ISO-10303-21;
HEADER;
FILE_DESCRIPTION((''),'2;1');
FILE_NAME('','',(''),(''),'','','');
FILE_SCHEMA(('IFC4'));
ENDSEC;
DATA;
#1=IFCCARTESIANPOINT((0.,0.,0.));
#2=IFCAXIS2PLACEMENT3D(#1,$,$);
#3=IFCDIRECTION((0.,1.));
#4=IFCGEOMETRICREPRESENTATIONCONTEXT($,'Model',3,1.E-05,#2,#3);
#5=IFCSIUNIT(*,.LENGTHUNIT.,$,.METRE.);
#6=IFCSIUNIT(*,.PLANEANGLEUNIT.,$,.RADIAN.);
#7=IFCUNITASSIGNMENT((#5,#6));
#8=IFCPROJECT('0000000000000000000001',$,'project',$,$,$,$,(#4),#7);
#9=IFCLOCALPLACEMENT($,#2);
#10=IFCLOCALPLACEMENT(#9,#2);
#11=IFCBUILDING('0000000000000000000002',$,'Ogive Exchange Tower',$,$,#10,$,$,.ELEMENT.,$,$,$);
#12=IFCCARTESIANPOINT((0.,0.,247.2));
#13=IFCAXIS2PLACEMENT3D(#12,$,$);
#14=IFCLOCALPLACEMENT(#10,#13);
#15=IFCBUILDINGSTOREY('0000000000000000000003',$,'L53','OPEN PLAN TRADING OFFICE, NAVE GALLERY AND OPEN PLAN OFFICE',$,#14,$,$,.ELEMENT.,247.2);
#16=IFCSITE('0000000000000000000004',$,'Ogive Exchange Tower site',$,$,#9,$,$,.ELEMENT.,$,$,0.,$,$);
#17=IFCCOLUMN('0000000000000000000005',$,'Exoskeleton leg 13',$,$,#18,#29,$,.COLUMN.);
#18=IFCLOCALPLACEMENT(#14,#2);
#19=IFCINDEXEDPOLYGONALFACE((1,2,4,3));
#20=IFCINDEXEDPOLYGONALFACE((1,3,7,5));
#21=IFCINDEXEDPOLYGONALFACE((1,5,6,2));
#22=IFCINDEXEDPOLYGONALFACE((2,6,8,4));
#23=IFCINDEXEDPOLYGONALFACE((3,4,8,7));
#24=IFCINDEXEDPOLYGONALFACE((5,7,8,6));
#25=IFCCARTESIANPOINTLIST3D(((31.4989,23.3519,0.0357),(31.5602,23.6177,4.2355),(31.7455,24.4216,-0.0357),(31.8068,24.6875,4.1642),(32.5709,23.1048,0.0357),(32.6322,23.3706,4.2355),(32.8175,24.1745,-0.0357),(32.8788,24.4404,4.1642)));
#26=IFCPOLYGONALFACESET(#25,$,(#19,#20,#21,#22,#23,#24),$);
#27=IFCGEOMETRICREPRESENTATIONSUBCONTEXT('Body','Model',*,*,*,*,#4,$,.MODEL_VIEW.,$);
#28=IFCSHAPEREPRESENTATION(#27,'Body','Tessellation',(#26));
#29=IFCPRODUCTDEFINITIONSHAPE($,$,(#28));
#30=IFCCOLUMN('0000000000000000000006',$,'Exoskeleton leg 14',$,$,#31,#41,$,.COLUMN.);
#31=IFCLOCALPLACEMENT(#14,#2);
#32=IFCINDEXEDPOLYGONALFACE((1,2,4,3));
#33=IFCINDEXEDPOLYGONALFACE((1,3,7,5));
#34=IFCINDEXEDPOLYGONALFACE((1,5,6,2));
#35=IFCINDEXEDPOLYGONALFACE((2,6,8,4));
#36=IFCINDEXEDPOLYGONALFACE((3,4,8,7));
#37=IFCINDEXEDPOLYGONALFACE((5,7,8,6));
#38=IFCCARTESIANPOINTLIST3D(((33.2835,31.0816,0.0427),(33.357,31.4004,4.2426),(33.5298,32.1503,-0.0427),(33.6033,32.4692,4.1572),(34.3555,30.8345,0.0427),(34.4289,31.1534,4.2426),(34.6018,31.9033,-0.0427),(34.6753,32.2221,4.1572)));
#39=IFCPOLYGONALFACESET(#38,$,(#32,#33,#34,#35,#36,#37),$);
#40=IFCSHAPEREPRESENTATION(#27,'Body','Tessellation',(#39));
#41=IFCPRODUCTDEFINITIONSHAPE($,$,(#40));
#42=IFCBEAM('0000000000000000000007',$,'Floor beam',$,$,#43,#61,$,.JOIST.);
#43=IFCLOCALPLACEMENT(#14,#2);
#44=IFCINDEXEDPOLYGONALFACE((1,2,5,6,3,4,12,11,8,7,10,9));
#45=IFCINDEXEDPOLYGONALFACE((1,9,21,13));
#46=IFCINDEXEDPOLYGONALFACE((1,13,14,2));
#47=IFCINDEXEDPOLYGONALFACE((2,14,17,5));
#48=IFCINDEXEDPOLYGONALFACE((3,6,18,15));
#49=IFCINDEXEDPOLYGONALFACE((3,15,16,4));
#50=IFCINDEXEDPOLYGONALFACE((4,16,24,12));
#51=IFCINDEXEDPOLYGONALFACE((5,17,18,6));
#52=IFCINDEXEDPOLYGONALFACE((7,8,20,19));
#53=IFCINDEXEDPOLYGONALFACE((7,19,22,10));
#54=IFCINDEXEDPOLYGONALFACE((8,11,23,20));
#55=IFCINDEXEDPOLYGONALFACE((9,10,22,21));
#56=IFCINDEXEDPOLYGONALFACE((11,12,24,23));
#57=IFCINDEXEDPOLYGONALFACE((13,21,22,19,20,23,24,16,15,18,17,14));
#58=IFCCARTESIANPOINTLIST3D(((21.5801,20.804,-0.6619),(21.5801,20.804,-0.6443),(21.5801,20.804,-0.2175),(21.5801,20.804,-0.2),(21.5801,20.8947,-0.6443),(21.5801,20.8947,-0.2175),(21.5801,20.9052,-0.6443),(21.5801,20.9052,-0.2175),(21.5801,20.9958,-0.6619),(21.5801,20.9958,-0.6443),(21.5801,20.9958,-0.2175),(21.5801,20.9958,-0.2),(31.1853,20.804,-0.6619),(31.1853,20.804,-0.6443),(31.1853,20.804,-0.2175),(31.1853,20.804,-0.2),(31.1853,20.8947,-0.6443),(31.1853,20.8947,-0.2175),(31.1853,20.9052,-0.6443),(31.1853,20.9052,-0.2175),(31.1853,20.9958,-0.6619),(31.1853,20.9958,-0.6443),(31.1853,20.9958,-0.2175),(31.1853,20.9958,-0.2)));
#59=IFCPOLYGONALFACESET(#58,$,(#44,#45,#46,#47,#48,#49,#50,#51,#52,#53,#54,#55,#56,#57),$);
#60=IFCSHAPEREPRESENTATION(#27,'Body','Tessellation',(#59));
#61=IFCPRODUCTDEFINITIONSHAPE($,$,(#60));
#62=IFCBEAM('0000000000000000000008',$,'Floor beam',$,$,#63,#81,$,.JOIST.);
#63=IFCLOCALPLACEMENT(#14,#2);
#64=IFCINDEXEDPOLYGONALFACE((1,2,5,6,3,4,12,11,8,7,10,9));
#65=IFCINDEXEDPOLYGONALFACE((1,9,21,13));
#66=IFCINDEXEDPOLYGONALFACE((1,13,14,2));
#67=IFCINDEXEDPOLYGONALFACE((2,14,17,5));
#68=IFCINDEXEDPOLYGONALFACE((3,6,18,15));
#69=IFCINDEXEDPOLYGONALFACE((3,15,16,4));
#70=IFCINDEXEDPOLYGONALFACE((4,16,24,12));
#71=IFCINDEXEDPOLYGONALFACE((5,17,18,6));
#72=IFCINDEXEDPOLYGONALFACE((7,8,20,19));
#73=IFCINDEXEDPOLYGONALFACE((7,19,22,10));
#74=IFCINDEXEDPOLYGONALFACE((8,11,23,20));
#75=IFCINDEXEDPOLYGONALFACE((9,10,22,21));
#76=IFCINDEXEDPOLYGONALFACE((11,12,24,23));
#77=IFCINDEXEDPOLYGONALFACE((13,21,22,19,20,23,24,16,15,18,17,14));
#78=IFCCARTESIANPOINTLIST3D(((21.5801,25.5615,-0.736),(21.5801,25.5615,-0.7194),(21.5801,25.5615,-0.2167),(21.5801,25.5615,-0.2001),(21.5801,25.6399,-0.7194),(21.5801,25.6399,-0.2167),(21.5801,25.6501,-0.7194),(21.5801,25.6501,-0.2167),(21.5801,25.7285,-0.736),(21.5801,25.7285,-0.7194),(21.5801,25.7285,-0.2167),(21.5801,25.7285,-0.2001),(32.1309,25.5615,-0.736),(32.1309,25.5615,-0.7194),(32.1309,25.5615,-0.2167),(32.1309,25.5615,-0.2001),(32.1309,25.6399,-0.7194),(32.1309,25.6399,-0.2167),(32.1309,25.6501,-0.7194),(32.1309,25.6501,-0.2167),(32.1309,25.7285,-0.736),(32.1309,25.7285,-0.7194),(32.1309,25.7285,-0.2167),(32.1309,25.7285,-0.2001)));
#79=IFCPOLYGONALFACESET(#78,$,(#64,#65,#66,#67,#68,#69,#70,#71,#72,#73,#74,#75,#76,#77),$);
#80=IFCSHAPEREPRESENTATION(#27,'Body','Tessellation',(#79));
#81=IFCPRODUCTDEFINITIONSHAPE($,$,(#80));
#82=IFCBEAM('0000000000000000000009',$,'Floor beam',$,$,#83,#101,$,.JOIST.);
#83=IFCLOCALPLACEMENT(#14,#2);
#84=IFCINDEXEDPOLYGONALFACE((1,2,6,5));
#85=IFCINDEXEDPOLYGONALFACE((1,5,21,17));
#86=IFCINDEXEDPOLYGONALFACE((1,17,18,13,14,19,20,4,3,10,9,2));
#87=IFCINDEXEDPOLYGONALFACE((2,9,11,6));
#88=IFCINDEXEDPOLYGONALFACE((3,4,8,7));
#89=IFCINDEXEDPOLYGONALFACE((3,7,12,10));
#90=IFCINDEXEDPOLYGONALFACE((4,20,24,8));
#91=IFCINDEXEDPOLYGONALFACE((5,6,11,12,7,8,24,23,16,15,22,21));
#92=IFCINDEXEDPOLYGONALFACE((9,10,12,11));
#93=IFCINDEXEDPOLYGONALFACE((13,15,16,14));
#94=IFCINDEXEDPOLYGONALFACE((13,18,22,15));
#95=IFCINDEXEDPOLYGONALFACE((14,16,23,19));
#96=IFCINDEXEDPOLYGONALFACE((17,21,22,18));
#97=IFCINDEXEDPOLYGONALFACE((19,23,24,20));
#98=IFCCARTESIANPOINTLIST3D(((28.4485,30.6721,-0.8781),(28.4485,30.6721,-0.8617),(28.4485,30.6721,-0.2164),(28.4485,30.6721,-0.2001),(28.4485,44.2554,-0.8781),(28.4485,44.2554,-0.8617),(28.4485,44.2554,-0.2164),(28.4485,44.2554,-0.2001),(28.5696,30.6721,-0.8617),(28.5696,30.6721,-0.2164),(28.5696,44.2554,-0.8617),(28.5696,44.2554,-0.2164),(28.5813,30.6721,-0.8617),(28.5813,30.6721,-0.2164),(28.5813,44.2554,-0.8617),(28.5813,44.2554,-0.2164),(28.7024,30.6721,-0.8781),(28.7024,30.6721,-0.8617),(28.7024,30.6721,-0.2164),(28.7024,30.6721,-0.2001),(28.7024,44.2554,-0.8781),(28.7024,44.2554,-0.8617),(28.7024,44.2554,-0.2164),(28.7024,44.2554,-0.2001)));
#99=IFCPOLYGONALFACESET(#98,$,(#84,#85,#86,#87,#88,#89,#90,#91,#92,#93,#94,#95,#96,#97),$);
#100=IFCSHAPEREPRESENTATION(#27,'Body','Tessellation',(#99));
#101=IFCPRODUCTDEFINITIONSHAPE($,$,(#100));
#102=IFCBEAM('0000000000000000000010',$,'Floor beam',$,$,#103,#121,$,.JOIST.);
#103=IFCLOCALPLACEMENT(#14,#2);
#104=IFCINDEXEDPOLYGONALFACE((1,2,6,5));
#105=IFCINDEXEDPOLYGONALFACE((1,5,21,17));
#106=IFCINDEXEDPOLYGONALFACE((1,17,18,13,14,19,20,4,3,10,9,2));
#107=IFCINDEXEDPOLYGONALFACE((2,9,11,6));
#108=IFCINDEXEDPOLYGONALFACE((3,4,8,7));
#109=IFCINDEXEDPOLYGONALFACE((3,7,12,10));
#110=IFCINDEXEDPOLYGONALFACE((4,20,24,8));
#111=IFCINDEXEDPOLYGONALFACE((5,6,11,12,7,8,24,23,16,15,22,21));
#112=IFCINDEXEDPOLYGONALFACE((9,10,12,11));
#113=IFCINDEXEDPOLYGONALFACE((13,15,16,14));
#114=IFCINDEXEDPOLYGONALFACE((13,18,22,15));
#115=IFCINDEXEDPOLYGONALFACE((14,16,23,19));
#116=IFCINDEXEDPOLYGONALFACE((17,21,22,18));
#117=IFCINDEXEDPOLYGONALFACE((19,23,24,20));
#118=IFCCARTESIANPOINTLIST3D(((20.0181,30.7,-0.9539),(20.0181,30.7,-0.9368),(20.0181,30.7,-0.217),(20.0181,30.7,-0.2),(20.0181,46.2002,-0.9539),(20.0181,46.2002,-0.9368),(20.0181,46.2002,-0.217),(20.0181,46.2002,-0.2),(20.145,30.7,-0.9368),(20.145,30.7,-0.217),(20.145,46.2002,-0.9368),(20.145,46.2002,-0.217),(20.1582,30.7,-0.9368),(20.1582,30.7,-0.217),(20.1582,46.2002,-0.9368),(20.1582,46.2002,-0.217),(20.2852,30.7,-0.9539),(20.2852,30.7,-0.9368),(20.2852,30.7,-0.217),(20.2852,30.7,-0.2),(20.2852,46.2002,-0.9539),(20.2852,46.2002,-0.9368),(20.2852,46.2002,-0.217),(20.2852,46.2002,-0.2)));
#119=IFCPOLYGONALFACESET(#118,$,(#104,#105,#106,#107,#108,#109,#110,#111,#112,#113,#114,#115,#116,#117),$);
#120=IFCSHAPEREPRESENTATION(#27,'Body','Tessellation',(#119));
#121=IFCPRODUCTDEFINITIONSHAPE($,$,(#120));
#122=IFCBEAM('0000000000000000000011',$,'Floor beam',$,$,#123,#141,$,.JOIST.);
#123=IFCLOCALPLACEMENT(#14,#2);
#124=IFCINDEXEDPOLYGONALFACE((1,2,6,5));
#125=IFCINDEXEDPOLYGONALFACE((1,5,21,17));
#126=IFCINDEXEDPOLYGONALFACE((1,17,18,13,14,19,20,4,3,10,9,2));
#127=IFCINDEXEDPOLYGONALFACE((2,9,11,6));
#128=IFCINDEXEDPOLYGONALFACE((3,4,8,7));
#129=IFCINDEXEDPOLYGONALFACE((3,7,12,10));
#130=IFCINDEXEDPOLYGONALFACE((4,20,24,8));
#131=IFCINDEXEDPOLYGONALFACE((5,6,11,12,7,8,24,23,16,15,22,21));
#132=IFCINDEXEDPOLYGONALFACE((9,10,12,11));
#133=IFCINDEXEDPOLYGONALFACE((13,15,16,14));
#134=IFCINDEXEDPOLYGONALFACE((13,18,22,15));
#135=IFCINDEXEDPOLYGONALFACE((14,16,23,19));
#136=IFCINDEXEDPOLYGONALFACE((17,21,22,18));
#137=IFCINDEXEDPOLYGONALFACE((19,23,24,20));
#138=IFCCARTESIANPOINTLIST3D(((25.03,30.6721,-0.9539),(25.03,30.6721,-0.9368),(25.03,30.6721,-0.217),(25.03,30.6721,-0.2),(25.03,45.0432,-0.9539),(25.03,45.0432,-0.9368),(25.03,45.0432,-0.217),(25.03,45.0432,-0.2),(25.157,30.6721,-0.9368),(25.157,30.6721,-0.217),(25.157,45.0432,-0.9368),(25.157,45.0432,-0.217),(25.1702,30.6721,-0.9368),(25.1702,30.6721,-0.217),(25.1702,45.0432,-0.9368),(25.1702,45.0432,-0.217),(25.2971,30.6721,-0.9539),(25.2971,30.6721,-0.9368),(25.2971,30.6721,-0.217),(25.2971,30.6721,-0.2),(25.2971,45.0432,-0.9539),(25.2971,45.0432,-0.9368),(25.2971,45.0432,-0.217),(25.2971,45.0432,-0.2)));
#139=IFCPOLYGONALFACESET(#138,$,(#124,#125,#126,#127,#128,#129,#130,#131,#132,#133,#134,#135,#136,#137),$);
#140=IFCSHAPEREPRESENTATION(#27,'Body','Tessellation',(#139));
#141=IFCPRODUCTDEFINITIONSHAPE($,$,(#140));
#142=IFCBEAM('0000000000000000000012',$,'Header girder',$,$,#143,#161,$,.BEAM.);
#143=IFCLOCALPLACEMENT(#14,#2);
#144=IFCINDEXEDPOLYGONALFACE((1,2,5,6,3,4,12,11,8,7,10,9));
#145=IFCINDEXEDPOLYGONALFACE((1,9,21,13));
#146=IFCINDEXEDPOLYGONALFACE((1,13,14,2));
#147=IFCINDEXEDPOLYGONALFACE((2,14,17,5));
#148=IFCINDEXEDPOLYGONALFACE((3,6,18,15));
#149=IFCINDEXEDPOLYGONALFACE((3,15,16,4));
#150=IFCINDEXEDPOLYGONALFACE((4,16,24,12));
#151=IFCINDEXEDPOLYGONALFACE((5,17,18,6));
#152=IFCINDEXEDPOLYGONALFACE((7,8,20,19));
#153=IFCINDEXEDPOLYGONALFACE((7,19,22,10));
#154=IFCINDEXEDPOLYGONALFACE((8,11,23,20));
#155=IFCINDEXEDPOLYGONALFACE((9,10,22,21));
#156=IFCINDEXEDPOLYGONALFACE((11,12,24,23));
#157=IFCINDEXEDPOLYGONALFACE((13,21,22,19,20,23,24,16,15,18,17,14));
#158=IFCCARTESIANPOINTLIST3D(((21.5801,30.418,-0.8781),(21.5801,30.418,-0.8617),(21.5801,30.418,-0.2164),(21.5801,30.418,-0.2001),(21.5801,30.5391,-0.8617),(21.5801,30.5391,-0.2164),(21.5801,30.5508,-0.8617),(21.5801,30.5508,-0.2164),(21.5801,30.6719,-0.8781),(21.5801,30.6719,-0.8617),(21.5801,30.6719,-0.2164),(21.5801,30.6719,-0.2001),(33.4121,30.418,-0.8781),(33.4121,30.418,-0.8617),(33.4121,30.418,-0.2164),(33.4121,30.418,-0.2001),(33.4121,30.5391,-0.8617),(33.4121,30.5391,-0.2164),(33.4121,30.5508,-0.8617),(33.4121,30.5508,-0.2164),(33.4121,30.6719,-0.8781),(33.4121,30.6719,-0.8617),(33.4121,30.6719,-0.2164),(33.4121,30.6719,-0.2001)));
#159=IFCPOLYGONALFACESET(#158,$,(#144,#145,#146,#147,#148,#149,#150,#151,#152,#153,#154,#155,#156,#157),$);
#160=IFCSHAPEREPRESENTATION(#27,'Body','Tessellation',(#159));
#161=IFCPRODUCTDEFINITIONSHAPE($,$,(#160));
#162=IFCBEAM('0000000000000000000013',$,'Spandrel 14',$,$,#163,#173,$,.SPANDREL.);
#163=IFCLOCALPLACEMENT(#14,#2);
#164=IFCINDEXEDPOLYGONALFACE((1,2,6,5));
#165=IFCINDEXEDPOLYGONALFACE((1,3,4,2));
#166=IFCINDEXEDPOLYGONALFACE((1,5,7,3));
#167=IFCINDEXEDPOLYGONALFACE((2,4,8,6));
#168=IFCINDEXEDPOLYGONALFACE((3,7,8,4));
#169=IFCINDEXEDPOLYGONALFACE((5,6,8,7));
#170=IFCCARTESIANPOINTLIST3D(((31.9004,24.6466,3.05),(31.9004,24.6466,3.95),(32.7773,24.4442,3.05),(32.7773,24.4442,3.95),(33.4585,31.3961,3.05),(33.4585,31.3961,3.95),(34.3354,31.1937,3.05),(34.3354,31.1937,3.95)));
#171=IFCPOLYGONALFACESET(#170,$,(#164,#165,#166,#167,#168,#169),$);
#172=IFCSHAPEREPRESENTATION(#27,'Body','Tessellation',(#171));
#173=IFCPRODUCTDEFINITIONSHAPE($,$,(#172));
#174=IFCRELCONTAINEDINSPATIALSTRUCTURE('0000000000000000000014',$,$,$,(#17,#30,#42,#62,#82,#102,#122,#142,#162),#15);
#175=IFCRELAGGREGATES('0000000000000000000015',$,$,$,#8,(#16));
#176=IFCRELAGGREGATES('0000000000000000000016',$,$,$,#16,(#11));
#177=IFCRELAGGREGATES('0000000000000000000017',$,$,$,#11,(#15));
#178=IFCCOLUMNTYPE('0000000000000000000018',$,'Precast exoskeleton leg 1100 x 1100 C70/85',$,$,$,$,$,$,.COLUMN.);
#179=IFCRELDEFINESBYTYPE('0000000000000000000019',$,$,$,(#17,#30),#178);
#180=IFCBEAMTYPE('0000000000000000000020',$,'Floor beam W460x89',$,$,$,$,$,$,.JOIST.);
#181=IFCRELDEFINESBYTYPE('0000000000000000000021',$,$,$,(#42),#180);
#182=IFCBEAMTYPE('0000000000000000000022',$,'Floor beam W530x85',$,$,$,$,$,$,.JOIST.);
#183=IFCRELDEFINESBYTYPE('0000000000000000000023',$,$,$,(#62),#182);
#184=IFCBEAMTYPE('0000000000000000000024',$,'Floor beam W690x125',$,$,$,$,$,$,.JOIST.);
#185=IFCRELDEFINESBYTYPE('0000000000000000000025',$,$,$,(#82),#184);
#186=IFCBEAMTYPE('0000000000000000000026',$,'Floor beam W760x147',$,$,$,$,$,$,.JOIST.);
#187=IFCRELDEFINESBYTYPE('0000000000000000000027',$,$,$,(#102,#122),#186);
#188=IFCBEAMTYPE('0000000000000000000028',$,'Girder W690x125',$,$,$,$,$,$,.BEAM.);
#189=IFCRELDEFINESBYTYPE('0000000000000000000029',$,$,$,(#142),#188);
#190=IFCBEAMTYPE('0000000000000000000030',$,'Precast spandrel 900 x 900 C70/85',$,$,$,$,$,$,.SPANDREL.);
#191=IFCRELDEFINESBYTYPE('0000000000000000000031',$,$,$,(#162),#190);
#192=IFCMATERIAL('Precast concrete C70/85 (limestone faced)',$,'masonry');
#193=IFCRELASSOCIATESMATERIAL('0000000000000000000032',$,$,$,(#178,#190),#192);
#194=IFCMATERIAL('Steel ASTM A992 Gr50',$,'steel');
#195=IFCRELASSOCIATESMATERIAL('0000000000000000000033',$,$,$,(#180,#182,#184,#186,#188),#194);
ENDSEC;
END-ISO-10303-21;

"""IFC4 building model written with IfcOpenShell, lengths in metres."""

from ifc_helpers import new_model, si_unit, direction, frame, origin, origin_2d, place, context, subcontext, project, spatial, rectangle, i_section, extrude, material, material_profile, profile_set, type_object, element, save


model = new_model("IFC4")

# Units and contexts
model_context = context("Model", 3, precision=1e-05, world=origin(), true_north=direction((0.0, 1.0)))
body_context = subcontext(model_context, "Body", "Model", "MODEL_VIEW")
ifc_project = project(units=[si_unit("LENGTHUNIT", "METRE"), si_unit("PLANEANGLEUNIT", "RADIAN")], contexts=[model_context])

# Site, building, storey
site_placement = place(None, origin())
site = spatial("IfcSite", under=ifc_project, at=site_placement, Name="Ogive Exchange Tower site", CompositionType="ELEMENT", RefElevation=0.0)
building_placement = place(site_placement, origin())
building = spatial("IfcBuilding", under=site, at=building_placement, Name="Ogive Exchange Tower", CompositionType="ELEMENT")
storey_placement = place(building_placement, frame((0.0, 0.0, 247.2)))
storey = spatial("IfcBuildingStorey", under=building, at=storey_placement, Name="L53", Description="OPEN PLAN TRADING OFFICE, NAVE GALLERY AND OPEN PLAN OFFICE", CompositionType="ELEMENT", Elevation=247.2)

# Columns
ifc_material_1 = material(Name="Precast concrete C70/85 (limestone faced)", Category="masonry")
ifc_material_profile_1 = material_profile(ifc_material_1, rectangle(XDim=1.1001, YDim=1.1001, at=origin_2d()), Name="1100 x 1100")
ifc_profile_set_1 = profile_set([ifc_material_profile_1], Name="Precast concrete C70/85 (limestone faced)")
column_type = type_object("IfcColumnType", Name="Precast exoskeleton leg 1100 x 1100 C70/85", PredefinedType="COLUMN", material=ifc_profile_set_1)
column_1_placement = place(storey_placement, frame((32.1582, 23.7632, 0.0), z_axis=(0.01456, 0.06317, 0.997897), x_axis=(-0.974451, 0.224598, 0.0)))
element("IfcColumn", 1, at=column_1_placement, inside=storey, type_object=column_type, Name="Exoskeleton leg 13", PredefinedType="COLUMN", context=body_context, shape_type="SweptSolid", body=[
    extrude(rectangle(XDim=1.1001, YDim=1.1001, at=origin_2d()), origin(), (0.0, 0.0, 1.0), 4.2087),
])
column_2_placement = place(storey_placement, frame((33.9426, 31.4924, 0.0), z_axis=(0.017444, 0.075688, 0.996979), x_axis=(-0.974454, 0.224587, 0.0)))
element("IfcColumn", 2, at=column_2_placement, inside=storey, type_object=column_type, Name="Exoskeleton leg 14", PredefinedType="COLUMN", context=body_context, shape_type="SweptSolid", body=[
    extrude(rectangle(XDim=1.1001, YDim=1.1001, at=origin_2d()), origin(), (0.0, 0.0, 1.0), 4.2126),
])

# Beams
ifc_material_2 = material(Name="Steel ASTM A992 Gr50", Category="steel")
ifc_material_profile_2 = material_profile(ifc_material_2, i_section(OverallWidth=0.1919, OverallDepth=0.4619, WebThickness=0.0105, FlangeThickness=0.0176, at=origin_2d()), Name="W460x89")
ifc_profile_set_2 = profile_set([ifc_material_profile_2], Name="Steel ASTM A992 Gr50")
beam_type_1 = type_object("IfcBeamType", Name="Floor beam W460x89", PredefinedType="JOIST", material=ifc_profile_set_2)
beam_1_placement = place(storey_placement, frame((21.5801, 20.8999, -0.4309), z_axis=(1.0, 0.0, 0.0), x_axis=(0.0, 1.0, 0.0)))
element("IfcBeam", 3, at=beam_1_placement, inside=storey, type_object=beam_type_1, Name="Floor beam", PredefinedType="JOIST", context=body_context, shape_type="SweptSolid", body=[
    extrude(i_section(OverallWidth=0.1919, OverallDepth=0.4619, WebThickness=0.0105, FlangeThickness=0.0176, at=origin_2d()), origin(), (0.0, 0.0, 1.0), 9.6052),
])
ifc_material_profile_3 = material_profile(ifc_material_2, i_section(OverallWidth=0.167, OverallDepth=0.5359, WebThickness=0.0103, FlangeThickness=0.0166, at=origin_2d()), Name="W530x85")
ifc_profile_set_3 = profile_set([ifc_material_profile_3], Name="Steel ASTM A992 Gr50")
beam_type_2 = type_object("IfcBeamType", Name="Floor beam W530x85", PredefinedType="JOIST", material=ifc_profile_set_3)
beam_2_placement = place(storey_placement, frame((21.5801, 25.645, -0.468), z_axis=(1.0, 0.0, 0.0), x_axis=(0.0, 1.0, 0.0)))
element("IfcBeam", 4, at=beam_2_placement, inside=storey, type_object=beam_type_2, Name="Floor beam", PredefinedType="JOIST", context=body_context, shape_type="SweptSolid", body=[
    extrude(i_section(OverallWidth=0.167, OverallDepth=0.5359, WebThickness=0.0103, FlangeThickness=0.0166, at=origin_2d()), origin(), (0.0, 0.0, 1.0), 10.5508),
])
ifc_material_profile_4 = material_profile(ifc_material_2, i_section(OverallWidth=0.2539, OverallDepth=0.678, WebThickness=0.0117, FlangeThickness=0.0164, at=origin_2d()), Name="W690x125")
ifc_profile_set_4 = profile_set([ifc_material_profile_4], Name="Steel ASTM A992 Gr50")
beam_type_3 = type_object("IfcBeamType", Name="Floor beam W690x125", PredefinedType="JOIST", material=ifc_profile_set_4)
beam_3_placement = place(storey_placement, frame((28.5754, 30.6721, -0.5391), z_axis=(0.0, 1.0, 0.0), x_axis=(-1.0, 0.0, 0.0)))
element("IfcBeam", 5, at=beam_3_placement, inside=storey, type_object=beam_type_3, Name="Floor beam", PredefinedType="JOIST", context=body_context, shape_type="SweptSolid", body=[
    extrude(i_section(OverallWidth=0.2539, OverallDepth=0.678, WebThickness=0.0117, FlangeThickness=0.0164, at=origin_2d()), origin(), (0.0, 0.0, 1.0), 13.5833),
])
ifc_material_profile_5 = material_profile(ifc_material_2, i_section(OverallWidth=0.2671, OverallDepth=0.7539, WebThickness=0.0132, FlangeThickness=0.0171, at=origin_2d()), Name="W760x147")
ifc_profile_set_5 = profile_set([ifc_material_profile_5], Name="Steel ASTM A992 Gr50")
beam_type_4 = type_object("IfcBeamType", Name="Floor beam W760x147", PredefinedType="JOIST", material=ifc_profile_set_5)
beam_4_placement = place(storey_placement, frame((20.1516, 30.7, -0.5769), z_axis=(0.0, 1.0, 0.0), x_axis=(-1.0, 0.0, 0.0)))
element("IfcBeam", 6, at=beam_4_placement, inside=storey, type_object=beam_type_4, Name="Floor beam", PredefinedType="JOIST", context=body_context, shape_type="SweptSolid", body=[
    extrude(i_section(OverallWidth=0.2671, OverallDepth=0.7539, WebThickness=0.0132, FlangeThickness=0.0171, at=origin_2d()), origin(), (0.0, 0.0, 1.0), 15.5002),
])
beam_5_placement = place(storey_placement, frame((25.1636, 30.6721, -0.5769), z_axis=(0.0, 1.0, 0.0), x_axis=(-1.0, 0.0, 0.0)))
element("IfcBeam", 7, at=beam_5_placement, inside=storey, type_object=beam_type_4, Name="Floor beam", PredefinedType="JOIST", context=body_context, shape_type="SweptSolid", body=[
    extrude(i_section(OverallWidth=0.2671, OverallDepth=0.7539, WebThickness=0.0132, FlangeThickness=0.0171, at=origin_2d()), origin(), (0.0, 0.0, 1.0), 14.3711),
])
ifc_material_profile_6 = material_profile(ifc_material_2, i_section(OverallWidth=0.2539, OverallDepth=0.678, WebThickness=0.0117, FlangeThickness=0.0164, at=origin_2d()), Name="W690x125")
ifc_profile_set_6 = profile_set([ifc_material_profile_6], Name="Steel ASTM A992 Gr50")
beam_type_5 = type_object("IfcBeamType", Name="Girder W690x125", PredefinedType="BEAM", material=ifc_profile_set_6)
beam_6_placement = place(storey_placement, frame((21.5801, 30.5449, -0.5391), z_axis=(1.0, 0.0, 0.0), x_axis=(0.0, 1.0, 0.0)))
element("IfcBeam", 8, at=beam_6_placement, inside=storey, type_object=beam_type_5, Name="Header girder", PredefinedType="BEAM", context=body_context, shape_type="SweptSolid", body=[
    extrude(i_section(OverallWidth=0.2539, OverallDepth=0.678, WebThickness=0.0117, FlangeThickness=0.0164, at=origin_2d()), origin(), (0.0, 0.0, 1.0), 11.832),
])
ifc_material_profile_7 = material_profile(ifc_material_1, rectangle(XDim=0.8999, YDim=0.8999, at=origin_2d()), Name="900 x 900")
ifc_profile_set_7 = profile_set([ifc_material_profile_7], Name="Precast concrete C70/85 (limestone faced)")
beam_type_6 = type_object("IfcBeamType", Name="Precast spandrel 900 x 900 C70/85", PredefinedType="SPANDREL", material=ifc_profile_set_7)
for number, where, z_axis, x_axis, name in (
    (9, (32.3389, 24.5454, 3.5), (0.224932, 0.974375, 0.0), (-0.974375, 0.224932, 0.0), "Spandrel 14"),
):
    element("IfcBeam", number, at=place(storey_placement, frame(where, z_axis=z_axis, x_axis=x_axis)), inside=storey, type_object=beam_type_6, Name=name, PredefinedType="SPANDREL", context=body_context, shape_type="SweptSolid", body=[
        extrude(rectangle(XDim=0.8999, YDim=0.8999, at=origin_2d()), origin(), (0.0, 0.0, 1.0), 6.927),
    ])

save(model, "model.ifc")
